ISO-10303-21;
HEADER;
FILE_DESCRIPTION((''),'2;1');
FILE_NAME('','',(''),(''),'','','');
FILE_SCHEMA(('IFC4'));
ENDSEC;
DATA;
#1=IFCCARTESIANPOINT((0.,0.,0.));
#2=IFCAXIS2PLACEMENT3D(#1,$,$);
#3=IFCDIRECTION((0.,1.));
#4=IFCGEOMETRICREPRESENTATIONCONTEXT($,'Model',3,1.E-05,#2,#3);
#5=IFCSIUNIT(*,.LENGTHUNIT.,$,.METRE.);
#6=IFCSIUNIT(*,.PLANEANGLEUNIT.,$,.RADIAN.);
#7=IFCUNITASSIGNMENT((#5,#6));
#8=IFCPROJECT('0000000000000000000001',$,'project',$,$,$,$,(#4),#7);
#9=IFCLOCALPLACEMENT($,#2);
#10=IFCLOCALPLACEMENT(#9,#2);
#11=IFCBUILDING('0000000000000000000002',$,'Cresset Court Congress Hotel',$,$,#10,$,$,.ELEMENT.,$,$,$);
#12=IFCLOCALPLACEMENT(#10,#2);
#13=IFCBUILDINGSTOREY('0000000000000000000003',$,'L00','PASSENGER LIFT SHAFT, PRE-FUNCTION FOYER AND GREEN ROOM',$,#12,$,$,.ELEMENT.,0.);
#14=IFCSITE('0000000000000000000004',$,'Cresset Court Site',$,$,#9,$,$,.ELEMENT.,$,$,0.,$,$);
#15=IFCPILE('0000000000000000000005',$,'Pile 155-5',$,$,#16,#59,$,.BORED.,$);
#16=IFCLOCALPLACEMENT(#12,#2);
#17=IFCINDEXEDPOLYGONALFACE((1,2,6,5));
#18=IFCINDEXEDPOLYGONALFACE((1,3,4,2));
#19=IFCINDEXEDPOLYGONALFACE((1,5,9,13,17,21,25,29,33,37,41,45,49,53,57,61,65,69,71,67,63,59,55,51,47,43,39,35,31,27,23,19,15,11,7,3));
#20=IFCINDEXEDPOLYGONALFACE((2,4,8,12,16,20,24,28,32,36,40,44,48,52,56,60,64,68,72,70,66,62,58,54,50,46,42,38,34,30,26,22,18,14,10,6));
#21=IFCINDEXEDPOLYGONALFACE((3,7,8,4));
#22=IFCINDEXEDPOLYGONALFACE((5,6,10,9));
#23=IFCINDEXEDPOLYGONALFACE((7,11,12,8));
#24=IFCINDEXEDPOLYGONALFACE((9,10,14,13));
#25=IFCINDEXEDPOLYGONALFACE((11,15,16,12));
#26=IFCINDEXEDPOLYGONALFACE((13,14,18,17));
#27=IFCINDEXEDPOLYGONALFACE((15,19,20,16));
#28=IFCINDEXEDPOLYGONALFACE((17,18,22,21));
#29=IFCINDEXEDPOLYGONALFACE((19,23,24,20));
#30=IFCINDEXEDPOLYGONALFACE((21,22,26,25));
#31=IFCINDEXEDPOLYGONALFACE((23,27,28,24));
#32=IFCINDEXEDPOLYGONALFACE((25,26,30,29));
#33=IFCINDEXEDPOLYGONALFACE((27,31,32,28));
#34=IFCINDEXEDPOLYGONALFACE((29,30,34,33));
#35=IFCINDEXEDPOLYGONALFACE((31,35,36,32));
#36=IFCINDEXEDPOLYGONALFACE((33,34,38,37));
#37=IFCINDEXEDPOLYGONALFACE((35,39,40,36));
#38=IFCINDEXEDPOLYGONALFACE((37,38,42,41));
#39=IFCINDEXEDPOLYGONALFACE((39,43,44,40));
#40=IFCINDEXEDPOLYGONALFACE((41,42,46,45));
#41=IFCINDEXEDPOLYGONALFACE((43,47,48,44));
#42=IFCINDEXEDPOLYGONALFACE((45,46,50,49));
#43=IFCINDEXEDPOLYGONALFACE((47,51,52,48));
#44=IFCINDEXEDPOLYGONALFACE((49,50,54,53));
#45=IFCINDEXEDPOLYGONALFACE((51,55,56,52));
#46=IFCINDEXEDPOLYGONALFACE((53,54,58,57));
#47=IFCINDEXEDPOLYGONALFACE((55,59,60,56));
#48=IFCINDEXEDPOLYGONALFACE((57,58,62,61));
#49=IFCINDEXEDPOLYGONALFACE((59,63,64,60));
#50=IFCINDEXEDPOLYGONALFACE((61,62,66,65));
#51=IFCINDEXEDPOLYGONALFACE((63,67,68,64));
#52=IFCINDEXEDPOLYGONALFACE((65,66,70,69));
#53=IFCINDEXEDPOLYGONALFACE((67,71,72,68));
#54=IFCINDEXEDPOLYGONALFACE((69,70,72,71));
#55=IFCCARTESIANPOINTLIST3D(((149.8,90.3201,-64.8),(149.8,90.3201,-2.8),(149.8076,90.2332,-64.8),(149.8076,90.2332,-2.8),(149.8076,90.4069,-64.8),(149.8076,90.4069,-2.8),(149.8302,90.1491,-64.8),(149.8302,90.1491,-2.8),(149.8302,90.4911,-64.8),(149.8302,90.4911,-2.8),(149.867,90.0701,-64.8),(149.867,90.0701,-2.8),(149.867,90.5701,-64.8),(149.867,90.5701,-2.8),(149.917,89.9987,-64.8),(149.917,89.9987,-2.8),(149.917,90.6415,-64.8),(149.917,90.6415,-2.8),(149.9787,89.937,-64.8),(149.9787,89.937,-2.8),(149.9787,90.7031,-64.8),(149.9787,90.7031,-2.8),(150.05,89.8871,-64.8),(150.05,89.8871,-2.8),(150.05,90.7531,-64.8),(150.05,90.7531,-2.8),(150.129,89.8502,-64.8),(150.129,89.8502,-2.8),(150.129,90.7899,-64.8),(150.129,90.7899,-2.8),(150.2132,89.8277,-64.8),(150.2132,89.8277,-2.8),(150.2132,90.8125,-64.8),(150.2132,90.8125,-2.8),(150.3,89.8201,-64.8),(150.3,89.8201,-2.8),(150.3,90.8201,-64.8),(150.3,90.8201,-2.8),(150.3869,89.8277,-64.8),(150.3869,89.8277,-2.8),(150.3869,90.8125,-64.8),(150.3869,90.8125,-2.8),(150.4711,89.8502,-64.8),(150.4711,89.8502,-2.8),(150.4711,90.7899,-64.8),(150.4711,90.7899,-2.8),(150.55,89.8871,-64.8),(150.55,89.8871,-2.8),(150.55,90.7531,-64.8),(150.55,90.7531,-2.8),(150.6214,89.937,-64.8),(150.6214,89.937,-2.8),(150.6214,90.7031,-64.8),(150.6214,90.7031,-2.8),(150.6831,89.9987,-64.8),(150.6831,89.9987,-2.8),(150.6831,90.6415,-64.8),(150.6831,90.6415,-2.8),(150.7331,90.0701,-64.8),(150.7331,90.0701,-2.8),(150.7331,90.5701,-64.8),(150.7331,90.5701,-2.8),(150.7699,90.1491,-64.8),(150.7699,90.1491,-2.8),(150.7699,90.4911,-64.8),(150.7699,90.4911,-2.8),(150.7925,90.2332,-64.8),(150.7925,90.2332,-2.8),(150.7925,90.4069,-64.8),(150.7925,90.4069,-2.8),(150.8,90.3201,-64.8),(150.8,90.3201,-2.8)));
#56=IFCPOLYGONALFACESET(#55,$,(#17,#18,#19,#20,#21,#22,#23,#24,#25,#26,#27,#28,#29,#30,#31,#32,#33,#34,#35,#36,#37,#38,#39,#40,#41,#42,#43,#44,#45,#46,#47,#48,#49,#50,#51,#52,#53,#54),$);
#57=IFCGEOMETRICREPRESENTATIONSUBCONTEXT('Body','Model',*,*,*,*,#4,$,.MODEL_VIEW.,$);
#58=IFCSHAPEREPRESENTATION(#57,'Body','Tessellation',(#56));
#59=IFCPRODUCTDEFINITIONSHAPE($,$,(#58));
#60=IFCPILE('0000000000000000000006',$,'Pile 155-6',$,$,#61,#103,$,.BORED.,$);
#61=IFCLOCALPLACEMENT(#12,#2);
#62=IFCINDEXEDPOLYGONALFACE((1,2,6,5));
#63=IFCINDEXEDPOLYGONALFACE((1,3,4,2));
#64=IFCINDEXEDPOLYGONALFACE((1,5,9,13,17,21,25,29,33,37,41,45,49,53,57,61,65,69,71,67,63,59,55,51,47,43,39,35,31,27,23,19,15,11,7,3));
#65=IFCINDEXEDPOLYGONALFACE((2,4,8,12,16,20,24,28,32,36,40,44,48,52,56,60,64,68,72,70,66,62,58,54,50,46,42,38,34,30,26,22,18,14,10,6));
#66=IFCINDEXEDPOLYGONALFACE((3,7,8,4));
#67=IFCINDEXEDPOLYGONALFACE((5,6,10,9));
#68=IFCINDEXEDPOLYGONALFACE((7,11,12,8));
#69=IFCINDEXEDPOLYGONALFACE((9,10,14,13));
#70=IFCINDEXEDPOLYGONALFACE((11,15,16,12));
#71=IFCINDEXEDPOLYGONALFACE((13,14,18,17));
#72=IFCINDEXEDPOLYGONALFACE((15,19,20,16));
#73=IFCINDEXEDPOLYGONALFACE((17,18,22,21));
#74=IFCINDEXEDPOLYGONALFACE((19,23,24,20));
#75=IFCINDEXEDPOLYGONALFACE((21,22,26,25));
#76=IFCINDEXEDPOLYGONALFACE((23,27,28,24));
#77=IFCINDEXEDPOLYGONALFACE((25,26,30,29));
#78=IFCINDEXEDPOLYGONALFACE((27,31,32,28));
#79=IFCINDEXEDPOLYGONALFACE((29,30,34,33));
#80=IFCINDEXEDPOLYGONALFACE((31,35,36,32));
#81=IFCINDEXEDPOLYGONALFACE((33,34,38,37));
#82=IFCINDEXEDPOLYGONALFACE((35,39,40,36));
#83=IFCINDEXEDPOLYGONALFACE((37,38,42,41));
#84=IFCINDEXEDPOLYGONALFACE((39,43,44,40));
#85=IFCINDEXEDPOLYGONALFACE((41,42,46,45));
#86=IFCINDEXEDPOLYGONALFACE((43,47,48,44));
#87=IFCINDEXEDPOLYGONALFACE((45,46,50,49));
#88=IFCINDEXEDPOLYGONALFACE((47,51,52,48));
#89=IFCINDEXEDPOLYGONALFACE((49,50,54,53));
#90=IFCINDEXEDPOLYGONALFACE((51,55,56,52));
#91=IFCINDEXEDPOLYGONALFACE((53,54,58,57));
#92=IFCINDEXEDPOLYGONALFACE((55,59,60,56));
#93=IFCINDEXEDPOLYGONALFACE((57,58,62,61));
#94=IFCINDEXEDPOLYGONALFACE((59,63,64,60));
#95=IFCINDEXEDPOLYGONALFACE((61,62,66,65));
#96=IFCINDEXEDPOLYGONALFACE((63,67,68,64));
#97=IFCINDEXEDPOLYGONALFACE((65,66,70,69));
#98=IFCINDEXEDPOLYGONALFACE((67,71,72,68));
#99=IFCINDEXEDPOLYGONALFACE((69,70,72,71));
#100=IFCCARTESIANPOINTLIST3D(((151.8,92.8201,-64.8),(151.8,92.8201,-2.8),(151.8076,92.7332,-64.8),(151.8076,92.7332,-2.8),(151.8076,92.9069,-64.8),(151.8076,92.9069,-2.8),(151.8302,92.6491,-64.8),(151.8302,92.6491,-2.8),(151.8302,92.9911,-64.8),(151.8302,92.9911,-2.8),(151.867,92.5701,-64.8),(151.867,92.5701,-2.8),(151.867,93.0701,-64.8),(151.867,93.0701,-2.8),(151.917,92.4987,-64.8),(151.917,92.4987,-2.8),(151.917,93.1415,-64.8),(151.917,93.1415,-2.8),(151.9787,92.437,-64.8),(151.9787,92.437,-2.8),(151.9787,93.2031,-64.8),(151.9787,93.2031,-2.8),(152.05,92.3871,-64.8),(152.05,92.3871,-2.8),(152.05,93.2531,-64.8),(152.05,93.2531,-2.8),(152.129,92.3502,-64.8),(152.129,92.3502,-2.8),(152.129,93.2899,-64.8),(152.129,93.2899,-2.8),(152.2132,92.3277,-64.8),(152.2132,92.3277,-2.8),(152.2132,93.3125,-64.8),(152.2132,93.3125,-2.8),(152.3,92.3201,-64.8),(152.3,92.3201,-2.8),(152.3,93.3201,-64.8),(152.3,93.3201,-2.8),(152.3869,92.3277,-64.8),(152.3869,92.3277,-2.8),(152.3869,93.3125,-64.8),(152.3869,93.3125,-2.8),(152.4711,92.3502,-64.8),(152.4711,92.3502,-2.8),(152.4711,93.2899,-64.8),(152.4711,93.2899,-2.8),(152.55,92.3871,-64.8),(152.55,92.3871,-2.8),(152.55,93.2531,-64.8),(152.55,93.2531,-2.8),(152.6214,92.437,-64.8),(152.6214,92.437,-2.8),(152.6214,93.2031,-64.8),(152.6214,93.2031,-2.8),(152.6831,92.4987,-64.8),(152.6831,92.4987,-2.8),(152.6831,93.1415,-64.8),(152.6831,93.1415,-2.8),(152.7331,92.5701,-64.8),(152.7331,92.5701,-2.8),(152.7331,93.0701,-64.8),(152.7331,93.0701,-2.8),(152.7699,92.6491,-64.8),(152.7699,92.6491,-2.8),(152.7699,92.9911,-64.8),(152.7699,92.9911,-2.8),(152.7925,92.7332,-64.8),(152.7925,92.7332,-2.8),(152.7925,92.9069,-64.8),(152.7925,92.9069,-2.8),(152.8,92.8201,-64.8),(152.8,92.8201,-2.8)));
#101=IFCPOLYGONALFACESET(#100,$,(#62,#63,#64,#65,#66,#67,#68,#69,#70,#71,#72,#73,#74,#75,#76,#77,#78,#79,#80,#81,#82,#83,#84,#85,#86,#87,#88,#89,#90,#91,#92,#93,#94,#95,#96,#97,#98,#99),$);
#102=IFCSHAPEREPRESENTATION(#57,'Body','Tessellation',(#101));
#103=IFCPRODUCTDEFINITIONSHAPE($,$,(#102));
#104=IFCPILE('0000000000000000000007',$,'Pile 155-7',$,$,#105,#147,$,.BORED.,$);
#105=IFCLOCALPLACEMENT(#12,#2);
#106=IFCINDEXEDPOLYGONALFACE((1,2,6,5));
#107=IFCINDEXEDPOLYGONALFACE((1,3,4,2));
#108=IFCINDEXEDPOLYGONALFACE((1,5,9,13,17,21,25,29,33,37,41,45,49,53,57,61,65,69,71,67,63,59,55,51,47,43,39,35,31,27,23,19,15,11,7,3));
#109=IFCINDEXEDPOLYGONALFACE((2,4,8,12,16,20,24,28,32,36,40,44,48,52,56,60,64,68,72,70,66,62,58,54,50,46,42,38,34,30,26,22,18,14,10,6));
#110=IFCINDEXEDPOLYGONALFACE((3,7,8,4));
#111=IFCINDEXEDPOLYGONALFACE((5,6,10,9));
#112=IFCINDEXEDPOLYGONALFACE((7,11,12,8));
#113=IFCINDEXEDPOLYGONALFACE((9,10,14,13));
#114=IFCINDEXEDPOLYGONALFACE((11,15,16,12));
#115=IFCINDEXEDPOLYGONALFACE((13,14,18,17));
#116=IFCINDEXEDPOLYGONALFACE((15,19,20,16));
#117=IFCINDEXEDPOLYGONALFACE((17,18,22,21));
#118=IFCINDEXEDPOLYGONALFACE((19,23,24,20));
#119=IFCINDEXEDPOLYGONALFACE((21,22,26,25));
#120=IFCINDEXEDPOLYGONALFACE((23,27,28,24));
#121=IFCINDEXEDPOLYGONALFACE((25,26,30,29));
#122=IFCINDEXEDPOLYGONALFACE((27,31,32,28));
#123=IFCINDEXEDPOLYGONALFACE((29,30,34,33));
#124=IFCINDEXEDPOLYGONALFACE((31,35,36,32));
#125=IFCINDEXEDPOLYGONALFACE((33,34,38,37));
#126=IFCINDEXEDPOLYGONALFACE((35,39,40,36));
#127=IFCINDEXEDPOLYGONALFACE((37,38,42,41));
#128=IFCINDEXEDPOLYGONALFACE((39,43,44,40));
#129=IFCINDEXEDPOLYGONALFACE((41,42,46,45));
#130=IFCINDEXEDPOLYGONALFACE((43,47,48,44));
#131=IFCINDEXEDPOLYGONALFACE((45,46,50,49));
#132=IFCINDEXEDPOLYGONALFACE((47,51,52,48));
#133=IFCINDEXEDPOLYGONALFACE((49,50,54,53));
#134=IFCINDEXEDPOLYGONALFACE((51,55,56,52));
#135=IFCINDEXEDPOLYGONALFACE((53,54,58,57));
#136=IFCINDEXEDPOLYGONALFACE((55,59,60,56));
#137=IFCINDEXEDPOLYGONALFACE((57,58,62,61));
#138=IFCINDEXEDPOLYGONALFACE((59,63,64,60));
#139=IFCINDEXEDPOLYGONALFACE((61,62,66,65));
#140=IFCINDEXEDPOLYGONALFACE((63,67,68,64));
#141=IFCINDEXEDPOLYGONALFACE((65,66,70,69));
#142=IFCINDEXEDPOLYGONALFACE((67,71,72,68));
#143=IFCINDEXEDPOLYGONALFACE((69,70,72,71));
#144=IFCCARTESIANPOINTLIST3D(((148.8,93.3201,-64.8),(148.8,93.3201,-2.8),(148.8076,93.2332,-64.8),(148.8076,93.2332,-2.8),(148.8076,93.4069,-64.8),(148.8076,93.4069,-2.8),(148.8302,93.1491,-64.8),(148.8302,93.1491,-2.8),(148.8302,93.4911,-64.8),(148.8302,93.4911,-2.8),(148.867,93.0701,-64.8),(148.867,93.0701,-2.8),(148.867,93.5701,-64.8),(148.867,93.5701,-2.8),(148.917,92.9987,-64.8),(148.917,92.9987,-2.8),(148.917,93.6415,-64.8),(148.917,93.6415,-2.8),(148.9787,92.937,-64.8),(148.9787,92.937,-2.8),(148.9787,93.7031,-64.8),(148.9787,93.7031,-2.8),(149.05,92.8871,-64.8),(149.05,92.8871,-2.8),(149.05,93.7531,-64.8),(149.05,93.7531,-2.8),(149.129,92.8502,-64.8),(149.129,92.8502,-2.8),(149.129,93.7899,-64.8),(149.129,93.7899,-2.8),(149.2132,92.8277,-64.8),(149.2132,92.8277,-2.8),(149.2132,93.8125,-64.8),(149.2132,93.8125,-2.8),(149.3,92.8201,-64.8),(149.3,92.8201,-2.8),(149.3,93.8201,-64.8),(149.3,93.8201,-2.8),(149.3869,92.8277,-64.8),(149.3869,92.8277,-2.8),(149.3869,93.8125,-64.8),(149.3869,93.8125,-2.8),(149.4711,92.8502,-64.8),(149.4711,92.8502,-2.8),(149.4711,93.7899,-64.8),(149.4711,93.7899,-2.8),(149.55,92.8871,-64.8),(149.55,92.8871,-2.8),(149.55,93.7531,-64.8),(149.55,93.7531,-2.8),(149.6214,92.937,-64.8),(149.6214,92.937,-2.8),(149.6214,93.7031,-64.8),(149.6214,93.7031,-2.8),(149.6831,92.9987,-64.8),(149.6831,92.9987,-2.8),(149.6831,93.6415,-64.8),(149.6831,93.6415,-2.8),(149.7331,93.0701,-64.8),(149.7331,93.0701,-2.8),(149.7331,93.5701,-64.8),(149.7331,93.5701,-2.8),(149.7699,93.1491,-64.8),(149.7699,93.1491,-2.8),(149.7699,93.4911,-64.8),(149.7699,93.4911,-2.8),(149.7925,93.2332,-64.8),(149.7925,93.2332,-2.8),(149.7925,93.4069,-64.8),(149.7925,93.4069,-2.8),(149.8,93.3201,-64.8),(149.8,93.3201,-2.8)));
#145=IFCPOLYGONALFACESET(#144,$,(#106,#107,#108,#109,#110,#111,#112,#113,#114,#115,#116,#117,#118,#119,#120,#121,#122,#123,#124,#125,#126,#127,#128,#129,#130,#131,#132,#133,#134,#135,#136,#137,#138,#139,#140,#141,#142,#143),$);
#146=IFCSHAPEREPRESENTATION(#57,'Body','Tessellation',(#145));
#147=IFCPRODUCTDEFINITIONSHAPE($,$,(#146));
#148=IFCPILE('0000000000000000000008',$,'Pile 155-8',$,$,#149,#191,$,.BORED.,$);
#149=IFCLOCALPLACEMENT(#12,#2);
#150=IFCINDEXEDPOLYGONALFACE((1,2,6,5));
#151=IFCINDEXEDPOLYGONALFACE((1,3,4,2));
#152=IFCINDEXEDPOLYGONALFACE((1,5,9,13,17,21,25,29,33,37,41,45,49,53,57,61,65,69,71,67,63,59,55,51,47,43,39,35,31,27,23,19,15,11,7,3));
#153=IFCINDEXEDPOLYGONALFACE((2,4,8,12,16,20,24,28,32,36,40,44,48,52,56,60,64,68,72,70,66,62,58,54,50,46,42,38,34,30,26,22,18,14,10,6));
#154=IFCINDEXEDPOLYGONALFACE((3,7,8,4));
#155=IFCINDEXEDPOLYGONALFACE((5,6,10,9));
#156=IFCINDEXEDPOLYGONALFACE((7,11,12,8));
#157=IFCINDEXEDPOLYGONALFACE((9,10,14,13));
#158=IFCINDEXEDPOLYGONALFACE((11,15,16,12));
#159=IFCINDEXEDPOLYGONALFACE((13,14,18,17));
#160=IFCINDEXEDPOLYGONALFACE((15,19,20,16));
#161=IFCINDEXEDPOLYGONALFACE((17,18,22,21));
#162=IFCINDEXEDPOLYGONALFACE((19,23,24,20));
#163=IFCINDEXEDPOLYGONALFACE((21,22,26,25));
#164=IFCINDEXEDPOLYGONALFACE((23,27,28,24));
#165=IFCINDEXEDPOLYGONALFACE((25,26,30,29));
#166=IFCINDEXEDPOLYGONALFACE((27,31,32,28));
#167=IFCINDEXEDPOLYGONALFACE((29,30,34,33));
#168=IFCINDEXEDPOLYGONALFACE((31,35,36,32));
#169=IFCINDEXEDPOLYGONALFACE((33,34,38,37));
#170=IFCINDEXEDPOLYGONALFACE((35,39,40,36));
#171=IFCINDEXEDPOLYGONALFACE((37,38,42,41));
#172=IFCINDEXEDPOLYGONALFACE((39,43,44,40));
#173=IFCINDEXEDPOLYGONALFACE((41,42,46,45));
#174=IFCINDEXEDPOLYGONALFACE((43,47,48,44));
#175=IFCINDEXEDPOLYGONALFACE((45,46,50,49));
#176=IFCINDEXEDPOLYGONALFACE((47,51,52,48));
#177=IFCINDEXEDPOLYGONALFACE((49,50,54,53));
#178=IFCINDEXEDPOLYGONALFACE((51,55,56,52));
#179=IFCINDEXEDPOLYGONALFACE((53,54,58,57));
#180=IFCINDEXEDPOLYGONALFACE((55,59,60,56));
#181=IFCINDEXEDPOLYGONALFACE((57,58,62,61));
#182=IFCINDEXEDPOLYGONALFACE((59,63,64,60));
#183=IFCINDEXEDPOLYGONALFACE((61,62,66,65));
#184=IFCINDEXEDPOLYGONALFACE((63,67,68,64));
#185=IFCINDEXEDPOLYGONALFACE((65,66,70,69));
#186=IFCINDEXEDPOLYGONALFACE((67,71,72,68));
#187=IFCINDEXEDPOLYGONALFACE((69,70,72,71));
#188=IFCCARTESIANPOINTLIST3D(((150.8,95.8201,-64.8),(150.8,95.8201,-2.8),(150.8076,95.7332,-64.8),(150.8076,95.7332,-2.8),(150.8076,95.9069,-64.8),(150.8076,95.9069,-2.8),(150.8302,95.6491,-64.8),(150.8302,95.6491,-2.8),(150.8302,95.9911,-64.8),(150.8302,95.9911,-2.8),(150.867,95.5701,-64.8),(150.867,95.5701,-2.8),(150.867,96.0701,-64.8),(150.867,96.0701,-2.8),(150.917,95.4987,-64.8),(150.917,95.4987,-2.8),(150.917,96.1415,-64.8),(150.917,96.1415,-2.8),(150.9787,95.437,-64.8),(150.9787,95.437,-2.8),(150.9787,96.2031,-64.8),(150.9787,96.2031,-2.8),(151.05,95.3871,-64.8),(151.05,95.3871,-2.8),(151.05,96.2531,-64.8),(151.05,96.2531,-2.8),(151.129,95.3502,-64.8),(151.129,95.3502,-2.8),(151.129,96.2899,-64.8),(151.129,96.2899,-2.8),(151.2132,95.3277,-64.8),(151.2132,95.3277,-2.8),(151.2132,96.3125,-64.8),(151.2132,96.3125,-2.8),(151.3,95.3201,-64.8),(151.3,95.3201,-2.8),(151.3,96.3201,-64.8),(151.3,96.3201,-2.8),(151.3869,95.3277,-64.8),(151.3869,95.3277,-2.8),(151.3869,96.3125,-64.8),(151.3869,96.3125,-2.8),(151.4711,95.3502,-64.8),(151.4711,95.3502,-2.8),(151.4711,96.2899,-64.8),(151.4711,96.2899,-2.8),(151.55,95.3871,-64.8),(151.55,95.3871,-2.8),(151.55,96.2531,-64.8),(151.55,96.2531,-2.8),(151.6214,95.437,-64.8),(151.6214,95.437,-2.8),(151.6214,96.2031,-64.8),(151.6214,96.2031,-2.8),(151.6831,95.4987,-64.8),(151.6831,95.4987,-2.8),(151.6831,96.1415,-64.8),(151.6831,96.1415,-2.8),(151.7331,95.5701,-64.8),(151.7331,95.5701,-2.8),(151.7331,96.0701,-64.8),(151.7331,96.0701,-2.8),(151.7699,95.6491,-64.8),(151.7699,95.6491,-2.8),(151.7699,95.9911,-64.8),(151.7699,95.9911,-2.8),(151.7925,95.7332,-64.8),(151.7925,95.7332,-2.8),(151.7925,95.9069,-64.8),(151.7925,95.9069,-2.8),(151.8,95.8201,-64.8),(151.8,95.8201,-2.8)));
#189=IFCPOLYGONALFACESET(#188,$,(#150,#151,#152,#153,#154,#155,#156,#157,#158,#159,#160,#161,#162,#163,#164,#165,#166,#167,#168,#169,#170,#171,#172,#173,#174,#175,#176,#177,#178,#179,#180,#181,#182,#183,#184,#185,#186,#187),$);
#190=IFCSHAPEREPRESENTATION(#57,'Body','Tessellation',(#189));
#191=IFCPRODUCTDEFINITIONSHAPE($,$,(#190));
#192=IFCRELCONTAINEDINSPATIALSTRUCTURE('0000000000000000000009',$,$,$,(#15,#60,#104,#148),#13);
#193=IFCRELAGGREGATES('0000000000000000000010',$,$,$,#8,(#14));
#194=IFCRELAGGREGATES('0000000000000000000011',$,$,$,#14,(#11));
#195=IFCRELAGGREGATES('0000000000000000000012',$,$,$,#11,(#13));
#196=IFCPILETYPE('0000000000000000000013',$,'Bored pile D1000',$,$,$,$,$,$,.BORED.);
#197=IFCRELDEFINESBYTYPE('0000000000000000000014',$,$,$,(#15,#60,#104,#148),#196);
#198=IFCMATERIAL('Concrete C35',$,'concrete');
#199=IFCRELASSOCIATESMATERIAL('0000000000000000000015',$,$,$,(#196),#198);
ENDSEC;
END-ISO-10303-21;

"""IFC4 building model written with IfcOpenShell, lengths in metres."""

from ifc_helpers import new_model, si_unit, direction, frame, origin, origin_2d, place, context, subcontext, project, spatial, circle, extrude, material, type_object, element, save


model = new_model("IFC4")

# Units and contexts
model_context = context("Model", 3, precision=1e-05, world=origin(), true_north=direction((0.0, 1.0)))
body_context = subcontext(model_context, "Body", "Model", "MODEL_VIEW")
ifc_project = project(units=[si_unit("LENGTHUNIT", "METRE"), si_unit("PLANEANGLEUNIT", "RADIAN")], contexts=[model_context])

# Site, building, storey
site_placement = place(None, origin())
site = spatial("IfcSite", under=ifc_project, at=site_placement, Name="Cresset Court Site", CompositionType="ELEMENT", RefElevation=0.0)
building_placement = place(site_placement, origin())
building = spatial("IfcBuilding", under=site, at=building_placement, Name="Cresset Court Congress Hotel", CompositionType="ELEMENT")
storey_placement = place(building_placement, origin())
storey = spatial("IfcBuildingStorey", under=building, at=storey_placement, Name="L00", Description="PASSENGER LIFT SHAFT, PRE-FUNCTION FOYER AND GREEN ROOM", CompositionType="ELEMENT", Elevation=0.0)

# Piles
ifc_material_1 = material(Name="Concrete C35", Category="concrete")
pile_type = type_object("IfcPileType", Name="Bored pile D1000", PredefinedType="BORED", material=ifc_material_1)
for number, where, z_axis, x_axis, name in (
    (1, (150.3, 90.3201, -2.8), (0.0, 0.0, -1.0), (1.0, 0.0, 0.0), "Pile 155-5"),
    (2, (152.3, 92.8201, -2.8), (0.0, 0.0, -1.0), (1.0, 0.0, 0.0), "Pile 155-6"),
    (3, (149.3, 93.3201, -2.8), (0.0, 0.0, -1.0), (1.0, 0.0, 0.0), "Pile 155-7"),
    (4, (151.3, 95.8201, -2.8), (0.0, 0.0, -1.0), (1.0, 0.0, 0.0), "Pile 155-8"),
):
    element("IfcPile", number, at=place(storey_placement, frame(where, z_axis=z_axis, x_axis=x_axis)), inside=storey, type_object=pile_type, Name=name, PredefinedType="BORED", context=body_context, shape_type="SweptSolid", body=[
        extrude(circle(Radius=0.5, at=origin_2d()), origin(), (0.0, 0.0, 1.0), 62.0),
    ])

save(model, "model.ifc")
